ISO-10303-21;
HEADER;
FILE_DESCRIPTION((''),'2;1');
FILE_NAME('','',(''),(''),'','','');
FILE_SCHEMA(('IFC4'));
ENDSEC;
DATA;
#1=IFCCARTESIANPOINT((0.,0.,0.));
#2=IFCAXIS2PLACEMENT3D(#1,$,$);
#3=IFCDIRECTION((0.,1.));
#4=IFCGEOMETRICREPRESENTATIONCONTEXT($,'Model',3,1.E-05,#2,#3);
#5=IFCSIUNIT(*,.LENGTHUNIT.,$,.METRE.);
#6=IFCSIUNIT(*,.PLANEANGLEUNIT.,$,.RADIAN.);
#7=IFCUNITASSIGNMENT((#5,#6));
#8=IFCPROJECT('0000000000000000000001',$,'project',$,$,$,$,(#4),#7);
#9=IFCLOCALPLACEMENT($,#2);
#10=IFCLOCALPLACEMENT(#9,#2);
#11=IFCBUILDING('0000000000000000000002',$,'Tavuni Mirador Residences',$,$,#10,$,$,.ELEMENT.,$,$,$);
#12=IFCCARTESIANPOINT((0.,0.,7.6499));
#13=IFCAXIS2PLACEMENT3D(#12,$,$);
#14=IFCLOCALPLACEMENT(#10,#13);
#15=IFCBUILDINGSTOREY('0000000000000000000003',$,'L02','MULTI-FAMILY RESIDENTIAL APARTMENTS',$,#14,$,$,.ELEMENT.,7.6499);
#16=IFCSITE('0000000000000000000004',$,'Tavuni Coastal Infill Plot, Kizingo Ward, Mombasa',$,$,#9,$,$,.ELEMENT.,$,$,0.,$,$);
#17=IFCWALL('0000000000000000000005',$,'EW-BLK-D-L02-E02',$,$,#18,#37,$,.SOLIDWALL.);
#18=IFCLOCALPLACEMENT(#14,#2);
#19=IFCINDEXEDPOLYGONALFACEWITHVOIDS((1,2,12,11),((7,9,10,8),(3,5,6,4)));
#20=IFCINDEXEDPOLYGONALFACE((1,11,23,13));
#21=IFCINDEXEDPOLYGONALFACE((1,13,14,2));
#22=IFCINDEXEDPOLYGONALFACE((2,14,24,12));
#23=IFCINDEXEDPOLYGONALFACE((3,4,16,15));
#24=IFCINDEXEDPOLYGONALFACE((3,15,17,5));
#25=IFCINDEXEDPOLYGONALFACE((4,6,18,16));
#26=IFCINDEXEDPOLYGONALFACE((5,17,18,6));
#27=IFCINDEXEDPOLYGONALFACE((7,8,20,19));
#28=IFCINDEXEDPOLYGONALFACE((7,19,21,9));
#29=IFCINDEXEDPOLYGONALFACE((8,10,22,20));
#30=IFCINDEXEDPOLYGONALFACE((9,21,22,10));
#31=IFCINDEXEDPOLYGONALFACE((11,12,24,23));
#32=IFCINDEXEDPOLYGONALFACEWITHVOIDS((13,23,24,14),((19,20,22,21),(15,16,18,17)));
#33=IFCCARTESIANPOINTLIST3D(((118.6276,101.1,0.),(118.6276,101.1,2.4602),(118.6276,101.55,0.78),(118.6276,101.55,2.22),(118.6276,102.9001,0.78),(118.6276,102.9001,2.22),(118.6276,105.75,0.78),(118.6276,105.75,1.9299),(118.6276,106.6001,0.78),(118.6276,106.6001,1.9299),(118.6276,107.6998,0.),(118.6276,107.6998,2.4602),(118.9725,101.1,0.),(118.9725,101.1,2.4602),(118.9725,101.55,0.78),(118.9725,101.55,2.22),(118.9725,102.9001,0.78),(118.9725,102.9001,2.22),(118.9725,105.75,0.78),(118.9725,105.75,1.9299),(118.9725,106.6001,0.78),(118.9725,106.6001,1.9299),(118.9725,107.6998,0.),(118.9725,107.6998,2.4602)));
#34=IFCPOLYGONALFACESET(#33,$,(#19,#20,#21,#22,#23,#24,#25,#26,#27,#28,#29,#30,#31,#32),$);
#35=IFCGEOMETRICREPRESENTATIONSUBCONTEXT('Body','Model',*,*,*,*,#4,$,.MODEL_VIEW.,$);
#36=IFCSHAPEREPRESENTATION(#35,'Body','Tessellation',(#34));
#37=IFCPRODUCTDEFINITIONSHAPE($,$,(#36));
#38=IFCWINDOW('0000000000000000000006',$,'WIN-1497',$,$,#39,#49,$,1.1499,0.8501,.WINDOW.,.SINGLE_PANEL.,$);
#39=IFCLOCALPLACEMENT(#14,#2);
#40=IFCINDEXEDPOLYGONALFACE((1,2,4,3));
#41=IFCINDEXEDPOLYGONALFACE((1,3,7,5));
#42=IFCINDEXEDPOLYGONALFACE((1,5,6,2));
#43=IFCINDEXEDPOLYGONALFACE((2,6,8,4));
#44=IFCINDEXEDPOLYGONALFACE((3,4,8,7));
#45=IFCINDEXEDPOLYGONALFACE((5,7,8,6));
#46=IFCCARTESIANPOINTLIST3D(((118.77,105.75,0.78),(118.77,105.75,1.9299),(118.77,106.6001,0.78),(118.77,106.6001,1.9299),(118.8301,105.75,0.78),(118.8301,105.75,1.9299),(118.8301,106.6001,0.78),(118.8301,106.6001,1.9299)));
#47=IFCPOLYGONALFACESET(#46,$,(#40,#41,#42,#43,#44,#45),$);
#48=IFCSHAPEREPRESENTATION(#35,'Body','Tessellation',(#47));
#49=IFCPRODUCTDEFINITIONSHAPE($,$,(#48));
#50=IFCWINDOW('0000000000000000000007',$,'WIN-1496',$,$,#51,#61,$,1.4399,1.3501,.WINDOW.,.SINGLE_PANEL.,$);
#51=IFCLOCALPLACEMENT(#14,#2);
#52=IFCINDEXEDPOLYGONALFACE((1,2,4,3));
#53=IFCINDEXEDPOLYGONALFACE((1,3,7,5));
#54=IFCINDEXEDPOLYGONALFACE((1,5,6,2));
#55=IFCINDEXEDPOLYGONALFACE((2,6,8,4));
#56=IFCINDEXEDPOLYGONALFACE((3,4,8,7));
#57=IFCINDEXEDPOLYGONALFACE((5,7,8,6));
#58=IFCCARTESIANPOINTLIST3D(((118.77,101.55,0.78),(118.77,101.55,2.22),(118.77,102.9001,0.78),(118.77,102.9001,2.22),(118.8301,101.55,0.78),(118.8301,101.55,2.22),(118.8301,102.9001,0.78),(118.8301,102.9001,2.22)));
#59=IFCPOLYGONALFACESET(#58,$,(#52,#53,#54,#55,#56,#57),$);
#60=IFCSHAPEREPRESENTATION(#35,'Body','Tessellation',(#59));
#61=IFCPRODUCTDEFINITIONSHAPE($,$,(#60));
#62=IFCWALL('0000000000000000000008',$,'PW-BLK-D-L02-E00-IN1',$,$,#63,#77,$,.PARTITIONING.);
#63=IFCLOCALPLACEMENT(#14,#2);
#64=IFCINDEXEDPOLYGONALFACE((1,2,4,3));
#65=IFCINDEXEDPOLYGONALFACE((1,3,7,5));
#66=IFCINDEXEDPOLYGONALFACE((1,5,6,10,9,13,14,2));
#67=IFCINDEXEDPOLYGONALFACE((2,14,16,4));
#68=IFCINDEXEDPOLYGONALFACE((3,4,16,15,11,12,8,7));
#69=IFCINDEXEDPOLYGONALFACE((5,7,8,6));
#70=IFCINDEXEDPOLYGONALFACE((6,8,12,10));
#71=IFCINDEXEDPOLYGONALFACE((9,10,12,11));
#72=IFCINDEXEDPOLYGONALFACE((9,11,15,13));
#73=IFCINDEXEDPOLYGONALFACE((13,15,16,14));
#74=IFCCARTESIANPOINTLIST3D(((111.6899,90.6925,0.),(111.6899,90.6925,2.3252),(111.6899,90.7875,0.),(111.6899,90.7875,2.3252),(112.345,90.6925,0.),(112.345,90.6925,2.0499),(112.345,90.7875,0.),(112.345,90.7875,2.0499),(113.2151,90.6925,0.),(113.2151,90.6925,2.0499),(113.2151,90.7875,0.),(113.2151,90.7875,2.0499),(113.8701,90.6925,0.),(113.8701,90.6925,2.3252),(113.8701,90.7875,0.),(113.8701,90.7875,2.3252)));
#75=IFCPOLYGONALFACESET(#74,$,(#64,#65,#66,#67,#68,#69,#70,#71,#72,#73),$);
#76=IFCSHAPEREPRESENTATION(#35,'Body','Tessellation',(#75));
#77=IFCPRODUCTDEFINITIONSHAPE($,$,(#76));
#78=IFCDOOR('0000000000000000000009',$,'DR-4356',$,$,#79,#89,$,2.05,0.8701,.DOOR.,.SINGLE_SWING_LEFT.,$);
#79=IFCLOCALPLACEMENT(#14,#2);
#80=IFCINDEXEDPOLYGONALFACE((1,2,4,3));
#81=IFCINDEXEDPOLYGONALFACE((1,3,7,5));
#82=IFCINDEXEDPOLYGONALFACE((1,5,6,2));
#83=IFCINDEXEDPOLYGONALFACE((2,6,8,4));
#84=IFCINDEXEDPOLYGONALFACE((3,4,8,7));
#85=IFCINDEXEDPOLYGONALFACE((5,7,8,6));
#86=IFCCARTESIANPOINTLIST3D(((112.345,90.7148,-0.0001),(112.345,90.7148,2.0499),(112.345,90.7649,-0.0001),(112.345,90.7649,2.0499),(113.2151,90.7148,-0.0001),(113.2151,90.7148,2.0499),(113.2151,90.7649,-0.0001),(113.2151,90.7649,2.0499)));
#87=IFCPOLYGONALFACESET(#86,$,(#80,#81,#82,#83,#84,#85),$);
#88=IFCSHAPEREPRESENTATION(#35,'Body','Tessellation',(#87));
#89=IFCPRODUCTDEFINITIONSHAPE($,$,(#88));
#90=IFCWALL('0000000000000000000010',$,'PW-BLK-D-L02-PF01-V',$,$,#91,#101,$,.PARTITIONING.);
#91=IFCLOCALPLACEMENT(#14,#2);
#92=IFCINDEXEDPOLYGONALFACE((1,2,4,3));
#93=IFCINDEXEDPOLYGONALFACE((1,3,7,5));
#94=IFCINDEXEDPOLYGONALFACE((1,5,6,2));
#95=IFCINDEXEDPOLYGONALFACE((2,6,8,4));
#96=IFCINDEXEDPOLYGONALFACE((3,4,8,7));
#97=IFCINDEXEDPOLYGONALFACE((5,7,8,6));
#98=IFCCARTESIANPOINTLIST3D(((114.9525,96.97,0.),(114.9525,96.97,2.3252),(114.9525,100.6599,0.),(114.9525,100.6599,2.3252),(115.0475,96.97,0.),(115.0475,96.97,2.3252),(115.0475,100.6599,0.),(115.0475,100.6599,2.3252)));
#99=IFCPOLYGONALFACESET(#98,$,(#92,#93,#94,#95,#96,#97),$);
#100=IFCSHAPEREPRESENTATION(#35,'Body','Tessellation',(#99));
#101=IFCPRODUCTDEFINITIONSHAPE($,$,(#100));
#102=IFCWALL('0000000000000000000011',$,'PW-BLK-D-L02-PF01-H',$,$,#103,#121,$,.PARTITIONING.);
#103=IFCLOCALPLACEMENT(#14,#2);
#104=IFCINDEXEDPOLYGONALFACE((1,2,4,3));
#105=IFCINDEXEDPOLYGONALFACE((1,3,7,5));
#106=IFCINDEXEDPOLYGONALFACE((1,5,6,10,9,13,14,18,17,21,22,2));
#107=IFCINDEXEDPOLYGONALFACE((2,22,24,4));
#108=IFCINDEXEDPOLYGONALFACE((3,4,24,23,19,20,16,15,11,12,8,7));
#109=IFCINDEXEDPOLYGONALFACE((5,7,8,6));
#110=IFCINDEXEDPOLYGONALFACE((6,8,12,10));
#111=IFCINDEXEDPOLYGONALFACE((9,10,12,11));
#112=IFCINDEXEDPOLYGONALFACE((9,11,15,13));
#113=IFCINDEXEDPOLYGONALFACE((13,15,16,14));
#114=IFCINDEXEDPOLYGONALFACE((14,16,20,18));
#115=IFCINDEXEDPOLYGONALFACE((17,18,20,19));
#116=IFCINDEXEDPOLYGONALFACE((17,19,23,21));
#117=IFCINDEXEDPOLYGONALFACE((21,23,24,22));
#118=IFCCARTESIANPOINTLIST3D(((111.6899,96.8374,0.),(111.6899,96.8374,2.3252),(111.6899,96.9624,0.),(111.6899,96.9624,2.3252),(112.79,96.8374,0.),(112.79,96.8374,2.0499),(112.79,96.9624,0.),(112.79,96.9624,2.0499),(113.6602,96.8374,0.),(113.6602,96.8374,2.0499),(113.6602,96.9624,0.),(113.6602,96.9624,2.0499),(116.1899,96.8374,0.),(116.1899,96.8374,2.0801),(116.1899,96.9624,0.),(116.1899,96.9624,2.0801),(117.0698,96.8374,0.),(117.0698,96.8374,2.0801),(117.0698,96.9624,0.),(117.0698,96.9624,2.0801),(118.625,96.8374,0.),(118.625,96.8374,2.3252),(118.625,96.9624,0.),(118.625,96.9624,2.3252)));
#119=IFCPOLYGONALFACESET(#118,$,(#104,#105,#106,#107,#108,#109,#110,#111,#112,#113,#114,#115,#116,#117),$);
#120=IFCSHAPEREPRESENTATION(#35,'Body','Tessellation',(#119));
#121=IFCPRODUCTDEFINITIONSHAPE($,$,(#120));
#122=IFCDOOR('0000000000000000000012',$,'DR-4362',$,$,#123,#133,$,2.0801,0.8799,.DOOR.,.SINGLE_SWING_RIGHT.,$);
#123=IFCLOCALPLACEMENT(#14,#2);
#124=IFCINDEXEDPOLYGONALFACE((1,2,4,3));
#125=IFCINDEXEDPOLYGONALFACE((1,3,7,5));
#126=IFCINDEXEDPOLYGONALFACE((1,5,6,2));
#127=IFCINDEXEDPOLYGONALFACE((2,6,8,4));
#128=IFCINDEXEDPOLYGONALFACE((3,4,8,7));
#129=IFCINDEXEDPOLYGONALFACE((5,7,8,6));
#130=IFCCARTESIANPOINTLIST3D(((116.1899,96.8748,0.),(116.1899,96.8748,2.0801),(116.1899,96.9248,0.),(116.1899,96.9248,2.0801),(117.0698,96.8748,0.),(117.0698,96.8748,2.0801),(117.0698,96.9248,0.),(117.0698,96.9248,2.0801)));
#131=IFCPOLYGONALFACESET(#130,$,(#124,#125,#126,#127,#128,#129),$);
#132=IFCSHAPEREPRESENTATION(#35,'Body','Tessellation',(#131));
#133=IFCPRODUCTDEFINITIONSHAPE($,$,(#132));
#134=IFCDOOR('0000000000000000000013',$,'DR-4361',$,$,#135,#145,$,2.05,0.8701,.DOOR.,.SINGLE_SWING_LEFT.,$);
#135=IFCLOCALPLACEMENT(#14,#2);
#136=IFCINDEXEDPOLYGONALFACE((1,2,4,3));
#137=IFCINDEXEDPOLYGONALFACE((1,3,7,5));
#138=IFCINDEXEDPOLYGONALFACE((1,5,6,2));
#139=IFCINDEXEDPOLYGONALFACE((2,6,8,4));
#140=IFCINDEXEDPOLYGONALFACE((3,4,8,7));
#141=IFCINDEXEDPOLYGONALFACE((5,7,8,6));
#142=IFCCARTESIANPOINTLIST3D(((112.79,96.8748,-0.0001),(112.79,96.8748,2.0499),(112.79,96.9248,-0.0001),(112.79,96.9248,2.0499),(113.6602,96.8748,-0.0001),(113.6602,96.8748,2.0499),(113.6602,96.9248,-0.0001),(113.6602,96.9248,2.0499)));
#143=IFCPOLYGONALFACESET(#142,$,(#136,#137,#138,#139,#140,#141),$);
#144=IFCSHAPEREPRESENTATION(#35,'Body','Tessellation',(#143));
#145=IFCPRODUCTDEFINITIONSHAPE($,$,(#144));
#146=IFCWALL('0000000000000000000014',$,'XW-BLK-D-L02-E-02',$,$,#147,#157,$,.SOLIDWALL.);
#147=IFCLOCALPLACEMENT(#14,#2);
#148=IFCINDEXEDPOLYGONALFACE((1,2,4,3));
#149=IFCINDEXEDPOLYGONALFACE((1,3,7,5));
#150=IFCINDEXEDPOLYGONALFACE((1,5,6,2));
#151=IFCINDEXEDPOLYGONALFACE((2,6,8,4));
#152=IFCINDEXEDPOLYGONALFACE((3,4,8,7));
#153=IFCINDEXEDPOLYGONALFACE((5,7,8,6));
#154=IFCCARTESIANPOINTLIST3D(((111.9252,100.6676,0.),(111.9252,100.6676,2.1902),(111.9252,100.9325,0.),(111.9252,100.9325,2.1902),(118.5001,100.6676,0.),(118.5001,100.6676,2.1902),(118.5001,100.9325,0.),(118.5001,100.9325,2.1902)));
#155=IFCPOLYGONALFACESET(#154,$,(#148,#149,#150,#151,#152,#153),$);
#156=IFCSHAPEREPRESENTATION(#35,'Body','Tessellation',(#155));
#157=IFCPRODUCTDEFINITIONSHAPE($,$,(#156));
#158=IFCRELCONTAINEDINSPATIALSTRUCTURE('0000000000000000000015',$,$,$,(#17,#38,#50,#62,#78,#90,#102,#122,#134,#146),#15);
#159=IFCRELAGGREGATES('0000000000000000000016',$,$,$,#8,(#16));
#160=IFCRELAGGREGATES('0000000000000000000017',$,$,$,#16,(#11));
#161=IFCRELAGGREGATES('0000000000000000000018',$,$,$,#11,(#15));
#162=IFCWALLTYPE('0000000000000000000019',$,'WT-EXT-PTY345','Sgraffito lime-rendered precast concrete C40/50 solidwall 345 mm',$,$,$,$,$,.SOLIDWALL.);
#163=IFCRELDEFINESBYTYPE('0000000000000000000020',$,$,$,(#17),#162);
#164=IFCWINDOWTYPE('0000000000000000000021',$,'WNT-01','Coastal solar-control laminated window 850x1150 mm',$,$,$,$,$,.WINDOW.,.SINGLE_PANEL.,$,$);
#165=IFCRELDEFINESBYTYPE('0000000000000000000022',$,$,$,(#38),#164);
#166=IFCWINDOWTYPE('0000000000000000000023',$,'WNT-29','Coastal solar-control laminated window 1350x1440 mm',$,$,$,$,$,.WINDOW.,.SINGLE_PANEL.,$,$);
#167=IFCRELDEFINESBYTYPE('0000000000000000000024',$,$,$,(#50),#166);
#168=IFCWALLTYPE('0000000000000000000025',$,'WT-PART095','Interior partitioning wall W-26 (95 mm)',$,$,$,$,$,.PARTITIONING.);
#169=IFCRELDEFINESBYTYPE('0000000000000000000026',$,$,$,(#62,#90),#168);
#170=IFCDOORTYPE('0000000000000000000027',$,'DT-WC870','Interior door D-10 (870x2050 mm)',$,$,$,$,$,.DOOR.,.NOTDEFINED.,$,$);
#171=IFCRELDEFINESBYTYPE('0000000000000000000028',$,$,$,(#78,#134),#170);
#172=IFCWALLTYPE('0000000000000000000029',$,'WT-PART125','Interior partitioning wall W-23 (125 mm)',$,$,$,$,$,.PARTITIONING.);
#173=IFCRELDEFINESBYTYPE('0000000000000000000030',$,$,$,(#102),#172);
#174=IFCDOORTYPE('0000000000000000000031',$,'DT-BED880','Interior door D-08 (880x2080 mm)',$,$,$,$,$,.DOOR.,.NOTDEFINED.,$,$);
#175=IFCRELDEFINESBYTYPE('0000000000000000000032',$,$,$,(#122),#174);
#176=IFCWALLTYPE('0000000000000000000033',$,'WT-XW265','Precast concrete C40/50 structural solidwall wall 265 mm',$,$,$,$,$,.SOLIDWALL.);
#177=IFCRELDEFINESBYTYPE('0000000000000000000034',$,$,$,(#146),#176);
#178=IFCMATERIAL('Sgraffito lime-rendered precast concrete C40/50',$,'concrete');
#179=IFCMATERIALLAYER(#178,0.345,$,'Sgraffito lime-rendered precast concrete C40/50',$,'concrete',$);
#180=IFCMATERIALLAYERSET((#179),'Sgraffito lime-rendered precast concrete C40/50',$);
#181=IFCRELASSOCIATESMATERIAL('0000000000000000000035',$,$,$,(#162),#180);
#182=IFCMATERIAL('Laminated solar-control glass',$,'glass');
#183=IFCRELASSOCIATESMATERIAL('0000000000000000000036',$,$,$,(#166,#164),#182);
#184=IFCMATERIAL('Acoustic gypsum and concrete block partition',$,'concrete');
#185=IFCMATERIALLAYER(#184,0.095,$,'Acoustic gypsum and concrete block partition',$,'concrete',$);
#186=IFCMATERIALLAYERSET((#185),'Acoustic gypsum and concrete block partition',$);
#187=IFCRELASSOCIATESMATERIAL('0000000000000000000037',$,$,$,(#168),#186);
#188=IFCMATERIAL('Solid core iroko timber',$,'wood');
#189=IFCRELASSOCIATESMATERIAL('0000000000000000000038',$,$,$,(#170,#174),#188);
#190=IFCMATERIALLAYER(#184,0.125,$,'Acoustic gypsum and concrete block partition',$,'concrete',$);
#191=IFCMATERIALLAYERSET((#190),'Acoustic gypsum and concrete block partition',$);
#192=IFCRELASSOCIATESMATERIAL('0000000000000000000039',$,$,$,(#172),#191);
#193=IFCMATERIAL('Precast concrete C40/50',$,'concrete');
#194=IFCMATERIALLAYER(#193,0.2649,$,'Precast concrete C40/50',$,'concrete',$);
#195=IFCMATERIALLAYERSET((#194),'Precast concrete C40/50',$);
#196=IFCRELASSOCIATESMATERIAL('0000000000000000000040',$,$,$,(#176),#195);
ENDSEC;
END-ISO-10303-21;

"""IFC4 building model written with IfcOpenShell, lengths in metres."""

from ifc_helpers import new_model, si_unit, direction, frame, frame_2d, origin, place, context, subcontext, project, spatial, rectangle, extrude, material, layer, layer_set, type_object, element, fill, save


model = new_model("IFC4")

# Units and contexts
model_context = context("Model", 3, precision=1e-05, world=origin(), true_north=direction((0.0, 1.0)))
body_context = subcontext(model_context, "Body", "Model", "MODEL_VIEW")
ifc_project = project(units=[si_unit("LENGTHUNIT", "METRE"), si_unit("PLANEANGLEUNIT", "RADIAN")], contexts=[model_context])

# Site, building, storey
site_placement = place(None, origin())
site = spatial("IfcSite", under=ifc_project, at=site_placement, Name="Tavuni Coastal Infill Plot, Kizingo Ward, Mombasa", CompositionType="ELEMENT", RefElevation=0.0)
building_placement = place(site_placement, origin())
building = spatial("IfcBuilding", under=site, at=building_placement, Name="Tavuni Mirador Residences", CompositionType="ELEMENT")
storey_placement = place(building_placement, frame((0.0, 0.0, 7.6499)))
storey = spatial("IfcBuildingStorey", under=building, at=storey_placement, Name="L02", Description="MULTI-FAMILY RESIDENTIAL APARTMENTS", CompositionType="ELEMENT", Elevation=7.6499)

# Shared definitions
ifc_material_1 = material(Name="Precast concrete C40/50", Category="concrete")

# Shared definitions
ifc_material_2 = material(Name="Solid core iroko timber", Category="wood")

# Wall, openings, windows
ifc_material_3 = material(Name="Sgraffito lime-rendered precast concrete C40/50", Category="concrete")
ifc_layer_1 = layer(ifc_material_3, 0.345, Name="Sgraffito lime-rendered precast concrete C40/50", Category="concrete")
ifc_layer_set_1 = layer_set([ifc_layer_1], Name="Sgraffito lime-rendered precast concrete C40/50")
wall_type_1 = type_object("IfcWallType", Name="WT-EXT-PTY345", Description="Sgraffito lime-rendered precast concrete C40/50 solidwall 345 mm", PredefinedType="SOLIDWALL", material=ifc_layer_set_1)
ifc_material_4 = material(Name="Laminated solar-control glass", Category="glass")
window_type_1 = type_object("IfcWindowType", Name="WNT-29", Description="Coastal solar-control laminated window 1350x1440 mm", PartitioningType="SINGLE_PANEL", PredefinedType="WINDOW", material=ifc_material_4)
wall_1_placement = place(storey_placement, frame((118.8, 101.1001, 0.0), z_axis=(0.0, 0.0, 1.0), x_axis=(0.0, 1.0, 0.0)))
wall_1 = element("IfcWall", 1, at=wall_1_placement, inside=storey, type_object=wall_type_1, Name="EW-BLK-D-L02-E02", PredefinedType="SOLIDWALL", context=body_context, shape_type="SweptSolid", body=[
    extrude(rectangle(XDim=6.5999, YDim=0.345, at=frame_2d((3.2998, 0.0))), origin(), (0.0, 0.0, 1.0), 2.4602),
])
opening_1_placement = place(wall_1_placement, frame((0.45, 0.0, 0.78)))
opening_1 = element("IfcOpeningElement", 2, at=opening_1_placement, cuts=wall_1, PredefinedType="OPENING", context=body_context, shape_type="SweptSolid", body=[
    extrude(rectangle(XDim=1.3501, YDim=1.4399, at=frame_2d((0.675, 0.72))), frame((0.0, 0.1826, 0.0), z_axis=(0.0, -1.0, 0.0), x_axis=(1.0, 0.0, 0.0)), (0.0, 0.0, 1.0), 0.365),
])
opening_2_placement = place(wall_1_placement, frame((4.6499, 0.0, 0.78)))
opening_2 = element("IfcOpeningElement", 3, at=opening_2_placement, cuts=wall_1, PredefinedType="OPENING", context=body_context, shape_type="SweptSolid", body=[
    extrude(rectangle(XDim=0.8501, YDim=1.1499, at=frame_2d((0.425, 0.575))), frame((0.0, 0.1826, 0.0), z_axis=(0.0, -1.0, 0.0), x_axis=(1.0, 0.0, 0.0)), (0.0, 0.0, 1.0), 0.365),
])
window_type_2 = type_object("IfcWindowType", Name="WNT-01", Description="Coastal solar-control laminated window 850x1150 mm", PartitioningType="SINGLE_PANEL", PredefinedType="WINDOW", material=ifc_material_4)
window_1_placement = place(opening_2_placement, origin())
window_1 = element("IfcWindow", 4, at=window_1_placement, inside=storey, type_object=window_type_2, Name="WIN-1497", OverallHeight=1.1499, OverallWidth=0.8501, PartitioningType="SINGLE_PANEL", PredefinedType="WINDOW", context=body_context, shape_type="SweptSolid", body=[
    extrude(rectangle(XDim=0.8501, YDim=1.1499, at=frame_2d((0.425, 0.575))), frame((0.0, 0.03, 0.0), z_axis=(0.0, -1.0, 0.0), x_axis=(1.0, 0.0, 0.0)), (0.0, 0.0, 1.0), 0.0601),
])
fill(opening_2, window_1)
window_2_placement = place(opening_1_placement, origin())
window_2 = element("IfcWindow", 5, at=window_2_placement, inside=storey, type_object=window_type_1, Name="WIN-1496", OverallHeight=1.4399, OverallWidth=1.3501, PartitioningType="SINGLE_PANEL", PredefinedType="WINDOW", context=body_context, shape_type="SweptSolid", body=[
    extrude(rectangle(XDim=1.3501, YDim=1.4399, at=frame_2d((0.675, 0.72))), frame((0.0, 0.03, 0.0), z_axis=(0.0, -1.0, 0.0), x_axis=(1.0, 0.0, 0.0)), (0.0, 0.0, 1.0), 0.0601),
])
fill(opening_1, window_2)

# Wall, opening, door
ifc_material_5 = material(Name="Acoustic gypsum and concrete block partition", Category="concrete")
ifc_layer_2 = layer(ifc_material_5, 0.095, Name="Acoustic gypsum and concrete block partition", Category="concrete")
ifc_layer_set_2 = layer_set([ifc_layer_2], Name="Acoustic gypsum and concrete block partition")
wall_type_2 = type_object("IfcWallType", Name="WT-PART095", Description="Interior partitioning wall W-26 (95 mm)", PredefinedType="PARTITIONING", material=ifc_layer_set_2)
wall_2_placement = place(storey_placement, frame((111.6899, 90.74, 0.0), z_axis=(0.0, 0.0, 1.0), x_axis=(1.0, 0.0, 0.0)))
wall_2 = element("IfcWall", 6, at=wall_2_placement, inside=storey, type_object=wall_type_2, Name="PW-BLK-D-L02-E00-IN1", PredefinedType="PARTITIONING", context=body_context, shape_type="SweptSolid", body=[
    extrude(rectangle(XDim=2.1802, YDim=0.095, at=frame_2d((1.0901, 0.0))), origin(), (0.0, 0.0, 1.0), 2.3252),
])
opening_3_placement = place(wall_2_placement, frame((0.655, 0.0, 0.0)))
opening_3 = element("IfcOpeningElement", 7, at=opening_3_placement, cuts=wall_2, PredefinedType="OPENING", context=body_context, shape_type="SweptSolid", body=[
    extrude(rectangle(XDim=0.8701, YDim=2.05, at=frame_2d((0.4351, 1.0249))), frame((0.0, 0.0576, 0.0), z_axis=(0.0, -1.0, 0.0), x_axis=(1.0, 0.0, 0.0)), (0.0, 0.0, 1.0), 0.115),
])
door_type_1 = type_object("IfcDoorType", Name="DT-WC870", Description="Interior door D-10 (870x2050 mm)", OperationType="NOTDEFINED", PredefinedType="DOOR", material=ifc_material_2)
door_1_placement = place(opening_3_placement, origin())
door_1 = element("IfcDoor", 8, at=door_1_placement, inside=storey, type_object=door_type_1, Name="DR-4356", OperationType="SINGLE_SWING_LEFT", OverallHeight=2.05, OverallWidth=0.8701, PredefinedType="DOOR", context=body_context, shape_type="SweptSolid", body=[
    extrude(rectangle(XDim=0.8701, YDim=2.05, at=frame_2d((0.4351, 1.0249))), frame((0.0, 0.0249, 0.0), z_axis=(0.0, -1.0, 0.0), x_axis=(1.0, 0.0, 0.0)), (0.0, 0.0, 1.0), 0.05),
])
fill(opening_3, door_1)

# Wall
wall_3_placement = place(storey_placement, frame((115.0, 96.97, 0.0), z_axis=(0.0, 0.0, 1.0), x_axis=(0.0, 1.0, 0.0)))
element("IfcWall", 9, at=wall_3_placement, inside=storey, type_object=wall_type_2, Name="PW-BLK-D-L02-PF01-V", PredefinedType="PARTITIONING", context=body_context, shape_type="SweptSolid", body=[
    extrude(rectangle(XDim=3.6899, YDim=0.095, at=frame_2d((1.845, 0.0))), origin(), (0.0, 0.0, 1.0), 2.3252),
])

# Wall, openings, doors
ifc_layer_3 = layer(ifc_material_5, 0.125, Name="Acoustic gypsum and concrete block partition", Category="concrete")
ifc_layer_set_3 = layer_set([ifc_layer_3], Name="Acoustic gypsum and concrete block partition")
wall_type_3 = type_object("IfcWallType", Name="WT-PART125", Description="Interior partitioning wall W-23 (125 mm)", PredefinedType="PARTITIONING", material=ifc_layer_set_3)
wall_4_placement = place(storey_placement, frame((111.6899, 96.8999, 0.0), z_axis=(0.0, 0.0, 1.0), x_axis=(1.0, 0.0, 0.0)))
wall_4 = element("IfcWall", 10, at=wall_4_placement, inside=storey, type_object=wall_type_3, Name="PW-BLK-D-L02-PF01-H", PredefinedType="PARTITIONING", context=body_context, shape_type="SweptSolid", body=[
    extrude(rectangle(XDim=6.9351, YDim=0.125, at=frame_2d((3.4675, 0.0))), origin(), (0.0, 0.0, 1.0), 2.3252),
])
opening_4_placement = place(wall_4_placement, frame((1.1001, 0.0, 0.0)))
opening_4 = element("IfcOpeningElement", 11, at=opening_4_placement, cuts=wall_4, PredefinedType="OPENING", context=body_context, shape_type="SweptSolid", body=[
    extrude(rectangle(XDim=0.8701, YDim=2.05, at=frame_2d((0.4351, 1.0249))), frame((0.0, 0.0725, 0.0), z_axis=(0.0, -1.0, 0.0), x_axis=(1.0, 0.0, 0.0)), (0.0, 0.0, 1.0), 0.145),
])
opening_5_placement = place(wall_4_placement, frame((4.5, 0.0, 0.0)))
opening_5 = element("IfcOpeningElement", 12, at=opening_5_placement, cuts=wall_4, PredefinedType="OPENING", context=body_context, shape_type="SweptSolid", body=[
    extrude(rectangle(XDim=0.8799, YDim=2.0801, at=frame_2d((0.4399, 1.04))), frame((0.0, 0.0725, 0.0), z_axis=(0.0, -1.0, 0.0), x_axis=(1.0, 0.0, 0.0)), (0.0, 0.0, 1.0), 0.145),
])
door_type_2 = type_object("IfcDoorType", Name="DT-BED880", Description="Interior door D-08 (880x2080 mm)", OperationType="NOTDEFINED", PredefinedType="DOOR", material=ifc_material_2)
door_2_placement = place(opening_5_placement, origin())
door_2 = element("IfcDoor", 13, at=door_2_placement, inside=storey, type_object=door_type_2, Name="DR-4362", OperationType="SINGLE_SWING_RIGHT", OverallHeight=2.0801, OverallWidth=0.8799, PredefinedType="DOOR", context=body_context, shape_type="SweptSolid", body=[
    extrude(rectangle(XDim=0.8799, YDim=2.0801, at=frame_2d((0.4399, 1.04))), frame((0.0, 0.0249, 0.0), z_axis=(0.0, -1.0, 0.0), x_axis=(1.0, 0.0, 0.0)), (0.0, 0.0, 1.0), 0.05),
])
fill(opening_5, door_2)
door_3_placement = place(opening_4_placement, origin())
door_3 = element("IfcDoor", 14, at=door_3_placement, inside=storey, type_object=door_type_1, Name="DR-4361", OperationType="SINGLE_SWING_LEFT", OverallHeight=2.05, OverallWidth=0.8701, PredefinedType="DOOR", context=body_context, shape_type="SweptSolid", body=[
    extrude(rectangle(XDim=0.8701, YDim=2.05, at=frame_2d((0.4351, 1.0249))), frame((0.0, 0.0249, 0.0), z_axis=(0.0, -1.0, 0.0), x_axis=(1.0, 0.0, 0.0)), (0.0, 0.0, 1.0), 0.05),
])
fill(opening_4, door_3)

# Shared definitions
ifc_layer_4 = layer(ifc_material_1, 0.2649, Name="Precast concrete C40/50", Category="concrete")
ifc_layer_set_4 = layer_set([ifc_layer_4], Name="Precast concrete C40/50")
wall_type_4 = type_object("IfcWallType", Name="WT-XW265", Description="Precast concrete C40/50 structural solidwall wall 265 mm", PredefinedType="SOLIDWALL", material=ifc_layer_set_4)

# Wall
wall_5_placement = place(storey_placement, frame((111.925, 100.8, 0.0), z_axis=(0.0, 0.0, 1.0), x_axis=(1.0, 0.0, 0.0)))
element("IfcWall", 15, at=wall_5_placement, inside=storey, type_object=wall_type_4, Name="XW-BLK-D-L02-E-02", PredefinedType="SOLIDWALL", context=body_context, shape_type="SweptSolid", body=[
    extrude(rectangle(XDim=6.575, YDim=0.2649, at=frame_2d((3.2876, 0.0))), origin(), (0.0, 0.0, 1.0), 2.1902),
])

save(model, "model.ifc")
